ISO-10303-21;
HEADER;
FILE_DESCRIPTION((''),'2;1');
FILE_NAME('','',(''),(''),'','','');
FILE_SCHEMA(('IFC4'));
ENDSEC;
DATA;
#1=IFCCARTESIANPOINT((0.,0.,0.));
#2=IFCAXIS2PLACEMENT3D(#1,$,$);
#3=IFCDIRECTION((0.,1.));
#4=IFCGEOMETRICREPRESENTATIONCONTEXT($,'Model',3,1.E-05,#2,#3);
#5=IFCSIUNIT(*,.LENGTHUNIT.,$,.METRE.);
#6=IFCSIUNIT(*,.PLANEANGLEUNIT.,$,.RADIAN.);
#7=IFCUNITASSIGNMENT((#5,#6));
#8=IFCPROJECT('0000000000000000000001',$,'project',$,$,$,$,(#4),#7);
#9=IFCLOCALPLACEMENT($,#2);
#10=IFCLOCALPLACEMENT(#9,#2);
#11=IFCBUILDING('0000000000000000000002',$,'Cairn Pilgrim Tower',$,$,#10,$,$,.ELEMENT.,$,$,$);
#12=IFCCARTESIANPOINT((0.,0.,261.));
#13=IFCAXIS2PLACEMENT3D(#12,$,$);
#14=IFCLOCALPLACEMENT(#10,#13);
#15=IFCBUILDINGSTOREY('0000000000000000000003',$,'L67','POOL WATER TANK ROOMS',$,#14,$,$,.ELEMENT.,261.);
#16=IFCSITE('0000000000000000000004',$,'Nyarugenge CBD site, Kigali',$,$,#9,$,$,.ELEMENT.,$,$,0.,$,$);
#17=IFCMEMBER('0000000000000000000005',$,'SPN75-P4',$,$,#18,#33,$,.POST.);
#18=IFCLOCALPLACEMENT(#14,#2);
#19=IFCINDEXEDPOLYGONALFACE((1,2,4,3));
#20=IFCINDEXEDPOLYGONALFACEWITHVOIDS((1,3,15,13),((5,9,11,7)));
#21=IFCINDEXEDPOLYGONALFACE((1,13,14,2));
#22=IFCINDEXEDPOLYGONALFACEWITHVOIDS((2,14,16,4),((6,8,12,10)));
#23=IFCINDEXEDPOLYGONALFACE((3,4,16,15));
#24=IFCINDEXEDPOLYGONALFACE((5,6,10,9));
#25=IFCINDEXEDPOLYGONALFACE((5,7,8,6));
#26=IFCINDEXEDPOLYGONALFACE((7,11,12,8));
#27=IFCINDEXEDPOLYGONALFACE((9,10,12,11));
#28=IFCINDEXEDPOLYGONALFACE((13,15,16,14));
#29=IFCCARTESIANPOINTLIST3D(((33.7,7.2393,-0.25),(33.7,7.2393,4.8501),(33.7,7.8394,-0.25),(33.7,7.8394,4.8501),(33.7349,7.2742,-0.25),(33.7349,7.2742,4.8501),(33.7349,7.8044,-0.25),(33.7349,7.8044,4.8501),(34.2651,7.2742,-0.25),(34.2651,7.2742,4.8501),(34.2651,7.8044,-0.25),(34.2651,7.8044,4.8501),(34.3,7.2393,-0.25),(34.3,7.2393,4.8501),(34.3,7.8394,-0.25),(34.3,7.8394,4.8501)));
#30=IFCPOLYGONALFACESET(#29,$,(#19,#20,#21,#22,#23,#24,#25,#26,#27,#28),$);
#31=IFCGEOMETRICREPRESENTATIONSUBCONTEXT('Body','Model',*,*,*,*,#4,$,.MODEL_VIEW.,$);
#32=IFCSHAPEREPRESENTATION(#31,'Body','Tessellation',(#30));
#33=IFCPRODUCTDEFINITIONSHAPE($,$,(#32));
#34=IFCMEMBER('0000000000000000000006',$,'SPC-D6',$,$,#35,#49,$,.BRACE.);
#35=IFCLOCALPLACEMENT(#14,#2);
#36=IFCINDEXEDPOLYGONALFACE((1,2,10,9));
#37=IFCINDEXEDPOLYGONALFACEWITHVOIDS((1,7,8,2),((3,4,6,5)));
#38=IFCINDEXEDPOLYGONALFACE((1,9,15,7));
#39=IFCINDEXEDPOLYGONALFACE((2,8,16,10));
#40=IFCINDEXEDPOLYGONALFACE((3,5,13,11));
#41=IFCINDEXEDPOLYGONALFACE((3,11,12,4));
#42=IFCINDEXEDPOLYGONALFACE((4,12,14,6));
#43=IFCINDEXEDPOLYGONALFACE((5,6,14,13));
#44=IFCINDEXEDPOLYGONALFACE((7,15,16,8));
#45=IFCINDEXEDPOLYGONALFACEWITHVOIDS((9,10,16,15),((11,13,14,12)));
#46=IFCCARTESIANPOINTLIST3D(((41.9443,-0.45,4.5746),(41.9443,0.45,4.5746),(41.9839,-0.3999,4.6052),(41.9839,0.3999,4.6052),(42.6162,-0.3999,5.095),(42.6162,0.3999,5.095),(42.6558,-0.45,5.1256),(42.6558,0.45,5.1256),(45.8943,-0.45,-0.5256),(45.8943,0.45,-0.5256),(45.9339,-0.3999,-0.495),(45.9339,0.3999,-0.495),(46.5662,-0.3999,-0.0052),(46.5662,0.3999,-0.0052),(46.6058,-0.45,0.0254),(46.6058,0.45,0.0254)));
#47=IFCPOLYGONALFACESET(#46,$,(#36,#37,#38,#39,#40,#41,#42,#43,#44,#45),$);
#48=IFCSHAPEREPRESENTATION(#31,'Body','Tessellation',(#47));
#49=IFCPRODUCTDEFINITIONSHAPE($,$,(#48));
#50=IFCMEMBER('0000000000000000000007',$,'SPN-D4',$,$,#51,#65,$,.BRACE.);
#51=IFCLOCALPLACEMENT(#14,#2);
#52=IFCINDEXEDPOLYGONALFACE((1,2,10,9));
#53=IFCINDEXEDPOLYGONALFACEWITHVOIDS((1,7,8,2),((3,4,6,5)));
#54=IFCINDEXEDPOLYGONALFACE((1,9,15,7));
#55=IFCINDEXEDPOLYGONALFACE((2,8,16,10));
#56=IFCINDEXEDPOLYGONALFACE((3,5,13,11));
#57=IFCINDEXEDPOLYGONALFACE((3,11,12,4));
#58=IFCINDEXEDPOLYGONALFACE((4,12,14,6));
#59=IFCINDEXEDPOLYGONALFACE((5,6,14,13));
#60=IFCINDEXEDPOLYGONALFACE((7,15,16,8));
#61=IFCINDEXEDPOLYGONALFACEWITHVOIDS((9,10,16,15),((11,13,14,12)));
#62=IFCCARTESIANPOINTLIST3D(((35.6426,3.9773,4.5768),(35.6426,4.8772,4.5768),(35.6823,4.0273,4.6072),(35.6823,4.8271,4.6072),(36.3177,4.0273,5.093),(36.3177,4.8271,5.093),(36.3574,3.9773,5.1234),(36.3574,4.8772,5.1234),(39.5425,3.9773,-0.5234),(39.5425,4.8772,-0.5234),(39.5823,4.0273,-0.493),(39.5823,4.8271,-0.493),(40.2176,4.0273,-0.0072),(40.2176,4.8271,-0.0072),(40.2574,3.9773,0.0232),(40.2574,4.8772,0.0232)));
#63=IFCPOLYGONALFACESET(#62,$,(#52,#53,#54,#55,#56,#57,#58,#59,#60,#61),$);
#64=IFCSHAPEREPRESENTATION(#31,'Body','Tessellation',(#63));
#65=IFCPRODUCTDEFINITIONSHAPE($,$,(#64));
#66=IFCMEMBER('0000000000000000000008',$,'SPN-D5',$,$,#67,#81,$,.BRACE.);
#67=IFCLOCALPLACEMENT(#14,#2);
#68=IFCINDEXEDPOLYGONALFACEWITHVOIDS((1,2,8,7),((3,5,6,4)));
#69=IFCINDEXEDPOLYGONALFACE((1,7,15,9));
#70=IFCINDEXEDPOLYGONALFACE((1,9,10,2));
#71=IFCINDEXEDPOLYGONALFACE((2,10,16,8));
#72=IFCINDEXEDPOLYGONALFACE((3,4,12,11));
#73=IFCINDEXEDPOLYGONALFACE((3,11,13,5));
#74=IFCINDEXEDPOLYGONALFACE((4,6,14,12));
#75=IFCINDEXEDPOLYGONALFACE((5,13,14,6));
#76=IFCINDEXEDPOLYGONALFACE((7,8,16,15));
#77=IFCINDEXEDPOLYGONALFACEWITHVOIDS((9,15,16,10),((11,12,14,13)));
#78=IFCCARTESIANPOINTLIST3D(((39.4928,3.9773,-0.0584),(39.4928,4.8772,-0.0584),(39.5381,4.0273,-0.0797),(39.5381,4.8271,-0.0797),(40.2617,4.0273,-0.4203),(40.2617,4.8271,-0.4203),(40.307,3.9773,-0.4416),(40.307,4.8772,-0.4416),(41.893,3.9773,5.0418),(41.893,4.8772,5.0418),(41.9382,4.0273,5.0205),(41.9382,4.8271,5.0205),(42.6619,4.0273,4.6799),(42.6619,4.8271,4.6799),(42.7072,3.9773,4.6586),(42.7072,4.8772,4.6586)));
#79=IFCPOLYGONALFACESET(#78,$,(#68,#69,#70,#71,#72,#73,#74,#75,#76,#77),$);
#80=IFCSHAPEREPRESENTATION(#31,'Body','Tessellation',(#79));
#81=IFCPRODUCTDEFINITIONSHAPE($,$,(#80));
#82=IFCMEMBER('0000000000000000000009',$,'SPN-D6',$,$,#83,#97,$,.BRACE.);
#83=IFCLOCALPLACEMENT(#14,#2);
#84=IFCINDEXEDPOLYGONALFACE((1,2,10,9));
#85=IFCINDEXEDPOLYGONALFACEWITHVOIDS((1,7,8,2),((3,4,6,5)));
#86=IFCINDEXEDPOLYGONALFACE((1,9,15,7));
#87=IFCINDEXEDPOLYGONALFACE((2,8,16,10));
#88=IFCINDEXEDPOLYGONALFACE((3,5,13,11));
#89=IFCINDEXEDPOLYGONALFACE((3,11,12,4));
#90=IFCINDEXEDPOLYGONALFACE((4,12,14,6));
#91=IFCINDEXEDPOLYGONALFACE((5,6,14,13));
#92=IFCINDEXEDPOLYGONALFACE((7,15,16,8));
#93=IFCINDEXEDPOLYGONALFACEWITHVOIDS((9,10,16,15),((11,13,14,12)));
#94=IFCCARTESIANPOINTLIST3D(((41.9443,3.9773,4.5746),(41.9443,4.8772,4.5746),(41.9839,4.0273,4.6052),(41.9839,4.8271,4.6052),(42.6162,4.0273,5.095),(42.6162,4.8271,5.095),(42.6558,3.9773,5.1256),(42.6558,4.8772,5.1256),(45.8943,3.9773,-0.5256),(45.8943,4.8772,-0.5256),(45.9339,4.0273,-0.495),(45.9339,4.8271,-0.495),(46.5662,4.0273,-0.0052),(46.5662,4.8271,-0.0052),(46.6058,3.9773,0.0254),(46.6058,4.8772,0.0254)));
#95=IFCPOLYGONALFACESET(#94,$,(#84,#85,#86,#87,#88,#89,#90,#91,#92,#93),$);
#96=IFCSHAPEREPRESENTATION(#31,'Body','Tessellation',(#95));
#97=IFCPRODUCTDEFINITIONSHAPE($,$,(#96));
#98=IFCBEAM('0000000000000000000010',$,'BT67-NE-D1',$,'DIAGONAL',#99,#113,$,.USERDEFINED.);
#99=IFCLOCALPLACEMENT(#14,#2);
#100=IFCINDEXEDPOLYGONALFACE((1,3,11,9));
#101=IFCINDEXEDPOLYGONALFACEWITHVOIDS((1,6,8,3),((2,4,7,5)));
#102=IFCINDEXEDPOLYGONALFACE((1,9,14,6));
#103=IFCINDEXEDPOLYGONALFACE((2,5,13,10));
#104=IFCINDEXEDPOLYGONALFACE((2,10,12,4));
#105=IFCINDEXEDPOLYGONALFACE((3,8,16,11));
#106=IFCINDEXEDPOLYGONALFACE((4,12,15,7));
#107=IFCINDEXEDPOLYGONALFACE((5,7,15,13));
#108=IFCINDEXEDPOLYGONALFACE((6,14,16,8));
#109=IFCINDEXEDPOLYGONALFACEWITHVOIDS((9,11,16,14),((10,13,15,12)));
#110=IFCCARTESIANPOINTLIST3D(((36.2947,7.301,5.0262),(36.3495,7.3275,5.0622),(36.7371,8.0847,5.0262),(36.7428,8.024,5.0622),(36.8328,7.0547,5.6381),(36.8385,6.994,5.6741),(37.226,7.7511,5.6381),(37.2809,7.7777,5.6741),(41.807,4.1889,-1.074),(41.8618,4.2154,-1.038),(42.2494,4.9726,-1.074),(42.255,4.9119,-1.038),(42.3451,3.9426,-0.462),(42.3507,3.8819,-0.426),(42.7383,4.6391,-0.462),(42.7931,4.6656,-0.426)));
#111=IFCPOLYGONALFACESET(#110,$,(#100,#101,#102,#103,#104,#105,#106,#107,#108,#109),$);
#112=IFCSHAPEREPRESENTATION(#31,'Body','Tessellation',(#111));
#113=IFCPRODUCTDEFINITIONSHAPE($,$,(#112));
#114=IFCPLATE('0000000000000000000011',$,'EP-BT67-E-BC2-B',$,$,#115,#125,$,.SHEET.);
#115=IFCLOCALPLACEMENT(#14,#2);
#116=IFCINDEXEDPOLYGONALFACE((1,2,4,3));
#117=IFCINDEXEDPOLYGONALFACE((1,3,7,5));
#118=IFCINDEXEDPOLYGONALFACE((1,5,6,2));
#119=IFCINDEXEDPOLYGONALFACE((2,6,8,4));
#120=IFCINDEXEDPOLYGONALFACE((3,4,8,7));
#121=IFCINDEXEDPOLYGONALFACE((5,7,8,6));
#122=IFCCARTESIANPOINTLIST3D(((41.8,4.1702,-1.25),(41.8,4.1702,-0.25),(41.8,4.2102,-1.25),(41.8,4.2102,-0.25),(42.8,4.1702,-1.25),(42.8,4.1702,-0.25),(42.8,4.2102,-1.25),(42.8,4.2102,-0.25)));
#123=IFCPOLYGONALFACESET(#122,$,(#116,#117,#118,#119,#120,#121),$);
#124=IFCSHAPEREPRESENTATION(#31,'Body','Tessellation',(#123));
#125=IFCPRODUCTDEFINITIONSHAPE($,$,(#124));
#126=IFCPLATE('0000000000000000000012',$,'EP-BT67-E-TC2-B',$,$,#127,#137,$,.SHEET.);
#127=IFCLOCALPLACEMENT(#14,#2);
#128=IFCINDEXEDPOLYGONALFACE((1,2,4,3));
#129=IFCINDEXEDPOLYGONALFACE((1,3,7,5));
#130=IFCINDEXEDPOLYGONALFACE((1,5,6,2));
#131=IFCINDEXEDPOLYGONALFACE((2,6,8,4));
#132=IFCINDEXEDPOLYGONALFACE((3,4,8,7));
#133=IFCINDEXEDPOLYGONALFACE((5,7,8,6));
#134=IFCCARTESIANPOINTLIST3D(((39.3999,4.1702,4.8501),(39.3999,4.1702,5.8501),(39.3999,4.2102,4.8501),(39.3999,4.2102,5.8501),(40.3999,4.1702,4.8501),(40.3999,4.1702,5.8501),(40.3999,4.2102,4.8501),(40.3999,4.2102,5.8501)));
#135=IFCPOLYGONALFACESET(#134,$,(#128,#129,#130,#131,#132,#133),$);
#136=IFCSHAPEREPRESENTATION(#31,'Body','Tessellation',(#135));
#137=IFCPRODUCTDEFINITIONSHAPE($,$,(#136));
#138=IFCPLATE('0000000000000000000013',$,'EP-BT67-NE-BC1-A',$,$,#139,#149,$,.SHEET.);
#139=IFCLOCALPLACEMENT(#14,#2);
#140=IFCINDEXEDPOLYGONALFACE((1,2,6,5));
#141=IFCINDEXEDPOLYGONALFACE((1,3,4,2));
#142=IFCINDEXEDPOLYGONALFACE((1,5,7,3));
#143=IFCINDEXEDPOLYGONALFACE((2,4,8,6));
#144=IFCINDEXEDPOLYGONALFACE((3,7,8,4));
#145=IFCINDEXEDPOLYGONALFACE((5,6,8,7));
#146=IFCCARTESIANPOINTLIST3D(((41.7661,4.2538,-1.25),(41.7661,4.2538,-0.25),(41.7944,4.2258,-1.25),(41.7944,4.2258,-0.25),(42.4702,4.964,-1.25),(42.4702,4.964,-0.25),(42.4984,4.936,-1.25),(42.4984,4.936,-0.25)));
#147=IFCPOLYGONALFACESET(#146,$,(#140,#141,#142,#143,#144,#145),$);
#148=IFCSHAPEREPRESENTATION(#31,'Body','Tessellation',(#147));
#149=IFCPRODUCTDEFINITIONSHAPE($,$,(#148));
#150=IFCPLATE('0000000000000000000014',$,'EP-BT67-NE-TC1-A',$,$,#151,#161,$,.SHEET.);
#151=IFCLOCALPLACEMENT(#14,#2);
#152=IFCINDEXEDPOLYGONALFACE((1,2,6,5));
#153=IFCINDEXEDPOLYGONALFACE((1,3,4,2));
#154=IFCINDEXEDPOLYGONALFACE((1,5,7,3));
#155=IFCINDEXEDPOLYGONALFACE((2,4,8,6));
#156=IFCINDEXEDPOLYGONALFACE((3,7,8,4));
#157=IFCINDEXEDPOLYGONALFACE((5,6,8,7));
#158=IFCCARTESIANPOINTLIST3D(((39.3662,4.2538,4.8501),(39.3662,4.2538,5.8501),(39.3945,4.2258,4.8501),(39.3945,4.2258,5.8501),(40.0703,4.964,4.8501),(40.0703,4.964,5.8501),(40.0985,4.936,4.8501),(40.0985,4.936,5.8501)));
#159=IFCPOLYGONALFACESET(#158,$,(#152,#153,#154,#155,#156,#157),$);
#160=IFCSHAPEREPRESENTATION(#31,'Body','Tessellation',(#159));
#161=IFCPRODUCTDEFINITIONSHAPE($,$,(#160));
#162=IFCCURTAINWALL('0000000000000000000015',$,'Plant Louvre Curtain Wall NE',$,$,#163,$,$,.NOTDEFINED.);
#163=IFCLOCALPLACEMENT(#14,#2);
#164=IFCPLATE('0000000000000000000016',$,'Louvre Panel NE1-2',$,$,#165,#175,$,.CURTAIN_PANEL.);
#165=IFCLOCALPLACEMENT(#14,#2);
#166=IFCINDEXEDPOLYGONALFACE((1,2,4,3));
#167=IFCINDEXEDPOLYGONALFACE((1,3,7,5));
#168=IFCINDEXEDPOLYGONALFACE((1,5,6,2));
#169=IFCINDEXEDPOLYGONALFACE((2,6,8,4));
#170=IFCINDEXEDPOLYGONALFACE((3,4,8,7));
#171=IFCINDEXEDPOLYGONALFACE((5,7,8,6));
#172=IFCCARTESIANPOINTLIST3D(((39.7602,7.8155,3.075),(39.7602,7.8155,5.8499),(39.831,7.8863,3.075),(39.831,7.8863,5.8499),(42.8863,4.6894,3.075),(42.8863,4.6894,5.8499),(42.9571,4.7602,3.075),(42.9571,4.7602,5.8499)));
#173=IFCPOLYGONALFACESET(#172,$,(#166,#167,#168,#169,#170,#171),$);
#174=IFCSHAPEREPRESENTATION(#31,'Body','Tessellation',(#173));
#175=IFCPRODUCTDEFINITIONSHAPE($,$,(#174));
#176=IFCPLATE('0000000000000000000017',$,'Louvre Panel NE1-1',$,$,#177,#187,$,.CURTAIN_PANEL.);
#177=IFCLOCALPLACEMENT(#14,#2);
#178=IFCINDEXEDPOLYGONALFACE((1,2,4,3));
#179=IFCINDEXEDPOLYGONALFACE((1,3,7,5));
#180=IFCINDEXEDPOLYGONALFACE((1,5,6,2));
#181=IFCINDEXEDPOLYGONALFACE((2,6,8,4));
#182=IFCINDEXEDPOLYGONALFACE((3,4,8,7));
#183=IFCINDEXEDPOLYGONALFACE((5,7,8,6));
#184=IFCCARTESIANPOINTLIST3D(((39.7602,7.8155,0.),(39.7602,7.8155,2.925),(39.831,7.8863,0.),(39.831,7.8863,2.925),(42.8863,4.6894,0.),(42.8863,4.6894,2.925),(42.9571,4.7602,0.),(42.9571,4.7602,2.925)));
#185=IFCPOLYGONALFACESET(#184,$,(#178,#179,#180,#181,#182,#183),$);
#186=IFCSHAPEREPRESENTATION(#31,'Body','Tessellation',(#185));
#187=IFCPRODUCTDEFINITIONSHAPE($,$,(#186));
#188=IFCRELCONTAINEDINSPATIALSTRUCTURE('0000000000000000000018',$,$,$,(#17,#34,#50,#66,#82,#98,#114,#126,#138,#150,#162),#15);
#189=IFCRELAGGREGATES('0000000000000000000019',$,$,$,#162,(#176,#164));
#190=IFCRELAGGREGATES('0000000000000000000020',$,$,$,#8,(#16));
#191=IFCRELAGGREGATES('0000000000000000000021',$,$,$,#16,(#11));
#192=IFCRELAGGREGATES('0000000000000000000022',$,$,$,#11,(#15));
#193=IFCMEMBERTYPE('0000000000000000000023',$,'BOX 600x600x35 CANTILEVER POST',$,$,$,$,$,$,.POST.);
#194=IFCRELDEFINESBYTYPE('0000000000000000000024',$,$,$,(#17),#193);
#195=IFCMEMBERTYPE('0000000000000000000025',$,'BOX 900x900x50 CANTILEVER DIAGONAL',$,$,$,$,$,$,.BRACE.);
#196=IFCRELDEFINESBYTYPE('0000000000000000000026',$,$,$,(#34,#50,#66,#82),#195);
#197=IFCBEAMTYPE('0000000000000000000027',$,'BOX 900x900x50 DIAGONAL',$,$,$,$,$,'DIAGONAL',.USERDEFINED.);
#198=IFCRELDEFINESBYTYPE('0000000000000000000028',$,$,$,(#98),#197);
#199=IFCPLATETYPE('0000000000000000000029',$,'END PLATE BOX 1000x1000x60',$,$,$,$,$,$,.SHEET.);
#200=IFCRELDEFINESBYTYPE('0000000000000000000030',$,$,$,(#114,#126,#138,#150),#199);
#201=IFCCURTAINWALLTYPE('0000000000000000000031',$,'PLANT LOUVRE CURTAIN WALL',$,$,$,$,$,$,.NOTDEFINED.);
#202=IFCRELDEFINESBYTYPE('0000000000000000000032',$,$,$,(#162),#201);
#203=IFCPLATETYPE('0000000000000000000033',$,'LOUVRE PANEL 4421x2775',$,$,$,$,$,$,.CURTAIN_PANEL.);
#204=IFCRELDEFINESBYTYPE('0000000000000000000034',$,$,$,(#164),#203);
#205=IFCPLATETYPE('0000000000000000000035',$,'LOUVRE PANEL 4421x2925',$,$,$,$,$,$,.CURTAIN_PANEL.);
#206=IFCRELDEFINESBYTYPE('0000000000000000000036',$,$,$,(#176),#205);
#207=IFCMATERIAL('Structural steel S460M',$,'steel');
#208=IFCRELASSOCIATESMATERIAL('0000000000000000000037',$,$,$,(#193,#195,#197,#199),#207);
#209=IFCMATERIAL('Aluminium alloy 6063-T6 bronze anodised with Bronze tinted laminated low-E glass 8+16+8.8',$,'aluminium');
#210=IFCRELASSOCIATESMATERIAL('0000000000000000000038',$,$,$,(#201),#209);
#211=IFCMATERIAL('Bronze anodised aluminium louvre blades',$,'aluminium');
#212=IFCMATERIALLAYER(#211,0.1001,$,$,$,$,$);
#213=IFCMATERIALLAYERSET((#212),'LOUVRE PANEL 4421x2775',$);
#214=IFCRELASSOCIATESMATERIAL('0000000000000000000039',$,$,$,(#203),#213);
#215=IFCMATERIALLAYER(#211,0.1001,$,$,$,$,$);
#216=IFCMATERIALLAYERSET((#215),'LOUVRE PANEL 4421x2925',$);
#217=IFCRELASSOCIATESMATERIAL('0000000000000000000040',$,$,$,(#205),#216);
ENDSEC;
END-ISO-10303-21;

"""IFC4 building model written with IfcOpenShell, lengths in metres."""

from ifc_helpers import new_model, si_unit, direction, frame, origin, origin_2d, place, context, subcontext, project, spatial, rectangle, hollow_rectangle, extrude, material, layer, layer_set, material_profile, profile_set, type_object, element, aggregate, save


model = new_model("IFC4")

# Units and contexts
model_context = context("Model", 3, precision=1e-05, world=origin(), true_north=direction((0.0, 1.0)))
body_context = subcontext(model_context, "Body", "Model", "MODEL_VIEW")
ifc_project = project(units=[si_unit("LENGTHUNIT", "METRE"), si_unit("PLANEANGLEUNIT", "RADIAN")], contexts=[model_context])

# Site, building, storey
site_placement = place(None, origin())
site = spatial("IfcSite", under=ifc_project, at=site_placement, Name="Nyarugenge CBD site, Kigali", CompositionType="ELEMENT", RefElevation=0.0)
building_placement = place(site_placement, origin())
building = spatial("IfcBuilding", under=site, at=building_placement, Name="Cairn Pilgrim Tower", CompositionType="ELEMENT")
storey_placement = place(building_placement, frame((0.0, 0.0, 261.0)))
storey = spatial("IfcBuildingStorey", under=building, at=storey_placement, Name="L67", Description="POOL WATER TANK ROOMS", CompositionType="ELEMENT", Elevation=261.0)

# Shared definitions
ifc_material_1 = material(Name="Structural steel S460M", Category="steel")

# Members
ifc_material_profile_1 = material_profile(ifc_material_1, hollow_rectangle(XDim=0.6001, YDim=0.6001, WallThickness=0.0349, at=origin_2d()), Name="BOX 600x600x35")
ifc_profile_set_1 = profile_set([ifc_material_profile_1], Name="Structural steel S460M")
member_type_1 = type_object("IfcMemberType", Name="BOX 600x600x35 CANTILEVER POST", PredefinedType="POST", material=ifc_profile_set_1)
for number, where, z_axis, x_axis, name in (
    (1, (34.0, 7.5393, -0.25), (0.0, 0.0, 1.0), (1.0, 0.0, 0.0), "SPN75-P4"),
):
    element("IfcMember", number, at=place(storey_placement, frame(where, z_axis=z_axis, x_axis=x_axis)), inside=storey, type_object=member_type_1, Name=name, PredefinedType="POST", context=body_context, shape_type="SweptSolid", body=[
        extrude(hollow_rectangle(XDim=0.6001, YDim=0.6001, WallThickness=0.0349, at=origin_2d()), origin(), (0.0, 0.0, 1.0), 5.1001),
    ])
ifc_material_profile_2 = material_profile(ifc_material_1, hollow_rectangle(XDim=0.8999, YDim=0.8999, WallThickness=0.05, at=origin_2d()), Name="BOX 900x900x50")
ifc_profile_set_2 = profile_set([ifc_material_profile_2], Name="Structural steel S460M")
member_type_2 = type_object("IfcMemberType", Name="BOX 900x900x50 CANTILEVER DIAGONAL", PredefinedType="BRACE", material=ifc_profile_set_2)
member_1_placement = place(storey_placement, frame((42.3, 0.0, 4.8501), z_axis=(0.612317, 0.0, -0.790612), x_axis=(0.0, 1.0, 0.0)))
element("IfcMember", 2, at=member_1_placement, inside=storey, type_object=member_type_2, Name="SPC-D6", PredefinedType="BRACE", context=body_context, shape_type="SweptSolid", body=[
    extrude(hollow_rectangle(XDim=0.8999, YDim=0.8999, WallThickness=0.05, at=origin_2d()), origin(), (0.0, 0.0, 1.0), 6.4509),
])
member_2_placement = place(storey_placement, frame((36.0, 4.4272, 4.8501), z_axis=(0.607433, 0.0, -0.794371), x_axis=(0.0, 1.0, 0.0)))
element("IfcMember", 3, at=member_2_placement, inside=storey, type_object=member_type_2, Name="SPN-D4", PredefinedType="BRACE", context=body_context, shape_type="SweptSolid", body=[
    extrude(hollow_rectangle(XDim=0.8999, YDim=0.8999, WallThickness=0.05, at=origin_2d()), origin(), (0.0, 0.0, 1.0), 6.4204),
])
member_3_placement = place(storey_placement, frame((39.8999, 4.4272, -0.25), z_axis=(0.425812, 0.0, 0.904812), x_axis=(0.0, 1.0, 0.0)))
element("IfcMember", 4, at=member_3_placement, inside=storey, type_object=member_type_2, Name="SPN-D5", PredefinedType="BRACE", context=body_context, shape_type="SweptSolid", body=[
    extrude(hollow_rectangle(XDim=0.8999, YDim=0.8999, WallThickness=0.05, at=origin_2d()), origin(), (0.0, 0.0, 1.0), 5.6367),
])
member_4_placement = place(storey_placement, frame((42.3, 4.4272, 4.8501), z_axis=(0.612317, 0.0, -0.790612), x_axis=(0.0, 1.0, 0.0)))
element("IfcMember", 5, at=member_4_placement, inside=storey, type_object=member_type_2, Name="SPN-D6", PredefinedType="BRACE", context=body_context, shape_type="SweptSolid", body=[
    extrude(hollow_rectangle(XDim=0.8999, YDim=0.8999, WallThickness=0.05, at=origin_2d()), origin(), (0.0, 0.0, 1.0), 6.4509),
])

# Beam
ifc_material_profile_3 = material_profile(ifc_material_1, hollow_rectangle(XDim=0.8999, YDim=0.8999, WallThickness=0.05, at=origin_2d()), Name="BOX 900x900x50")
ifc_profile_set_3 = profile_set([ifc_material_profile_3], Name="Structural steel S460M")
beam_type_1 = type_object("IfcBeamType", Name="BOX 900x900x50 DIAGONAL", ElementType="DIAGONAL", PredefinedType="USERDEFINED", material=ifc_profile_set_3)
beam_1_placement = place(storey_placement, frame((42.3, 4.4272, -0.75), z_axis=(-0.627033, 0.354008, 0.693908), x_axis=(-0.491634, -0.870802, 0.0)))
element("IfcBeam", 6, at=beam_1_placement, inside=storey, type_object=beam_type_1, Name="BT67-NE-D1", ObjectType="DIAGONAL", PredefinedType="USERDEFINED", context=body_context, shape_type="SweptSolid", body=[
    extrude(hollow_rectangle(XDim=0.8999, YDim=0.8999, WallThickness=0.05, at=origin_2d()), origin(), (0.0, 0.0, 1.0), 8.791),
])

# Plates
ifc_material_profile_4 = material_profile(ifc_material_1, rectangle(XDim=1.0, YDim=1.0, at=origin_2d()), Name="END PLATE BOX 1000x1000x60")
ifc_profile_set_4 = profile_set([ifc_material_profile_4], Name="Structural steel S460M")
plate_type_1 = type_object("IfcPlateType", Name="END PLATE BOX 1000x1000x60", PredefinedType="SHEET", material=ifc_profile_set_4)
for number, where, z_axis, x_axis, name in (
    (7, (42.3, 4.1702, -0.75), (0.0, 1.0, 0.0), (-1.0, 0.0, 0.0), "EP-BT67-E-BC2-B"),
    (8, (39.8999, 4.1702, 5.3501), (0.0, 1.0, 0.0), (-1.0, 0.0, 0.0), "EP-BT67-E-TC2-B"),
):
    element("IfcPlate", number, at=place(storey_placement, frame(where, z_axis=z_axis, x_axis=x_axis)), inside=storey, type_object=plate_type_1, Name=name, PredefinedType="SHEET", context=body_context, shape_type="SweptSolid", body=[
        extrude(rectangle(XDim=1.0, YDim=1.0, at=origin_2d()), origin(), (0.0, 0.0, 1.0), 0.04),
    ])
for number, where, z_axis, x_axis, name in (
    (9, (42.1182, 4.6089, -0.75), (0.710161, -0.704039, 0.0), (0.704039, 0.710161, 0.0), "EP-BT67-NE-BC1-A"),
    (10, (39.7183, 4.6089, 5.3501), (0.710161, -0.704039, 0.0), (0.704039, 0.710161, 0.0), "EP-BT67-NE-TC1-A"),
):
    element("IfcPlate", number, at=place(storey_placement, frame(where, z_axis=z_axis, x_axis=x_axis)), inside=storey, type_object=plate_type_1, Name=name, PredefinedType="SHEET", context=body_context, shape_type="SweptSolid", body=[
        extrude(rectangle(XDim=1.0, YDim=1.0, at=origin_2d()), origin(), (0.0, 0.0, 1.0), 0.0398),
    ])

# Curtain wall, plates
ifc_material_2 = material(Name="Aluminium alloy 6063-T6 bronze anodised with Bronze tinted laminated low-E glass 8+16+8.8", Category="aluminium")
curtain_wall_type = type_object("IfcCurtainWallType", Name="PLANT LOUVRE CURTAIN WALL", PredefinedType="NOTDEFINED", material=ifc_material_2)
curtain_wall_placement = place(storey_placement, origin())
curtain_wall = element("IfcCurtainWall", 11, at=curtain_wall_placement, inside=storey, type_object=curtain_wall_type, Name="Plant Louvre Curtain Wall NE", PredefinedType="NOTDEFINED")
ifc_material_3 = material(Name="Bronze anodised aluminium louvre blades", Category="aluminium")
ifc_layer_1 = layer(ifc_material_3, 0.1001)
ifc_layer_set_1 = layer_set([ifc_layer_1], Name="LOUVRE PANEL 4421x2775")
plate_type_2 = type_object("IfcPlateType", Name="LOUVRE PANEL 4421x2775", PredefinedType="CURTAIN_PANEL", material=ifc_layer_set_1)
plate_1_placement = place(storey_placement, frame((41.3586, 6.2878, 3.075), z_axis=(0.0, 0.0, 1.0), x_axis=(-0.707107, 0.707107, 0.0)))
plate_1 = element("IfcPlate", 12, at=plate_1_placement, type_object=plate_type_2, Name="Louvre Panel NE1-2", PredefinedType="CURTAIN_PANEL", context=body_context, shape_type="SweptSolid", body=[
    extrude(rectangle(XDim=4.4209, YDim=0.1001, at=origin_2d()), origin(), (0.0, 0.0, 1.0), 2.7749),
])
ifc_layer_2 = layer(ifc_material_3, 0.1001)
ifc_layer_set_2 = layer_set([ifc_layer_2], Name="LOUVRE PANEL 4421x2925")
plate_type_3 = type_object("IfcPlateType", Name="LOUVRE PANEL 4421x2925", PredefinedType="CURTAIN_PANEL", material=ifc_layer_set_2)
plate_2_placement = place(storey_placement, frame((41.3586, 6.2878, 0.0), z_axis=(0.0, 0.0, 1.0), x_axis=(-0.707107, 0.707107, 0.0)))
plate_2 = element("IfcPlate", 13, at=plate_2_placement, type_object=plate_type_3, Name="Louvre Panel NE1-1", PredefinedType="CURTAIN_PANEL", context=body_context, shape_type="SweptSolid", body=[
    extrude(rectangle(XDim=4.4209, YDim=0.1001, at=origin_2d()), origin(), (0.0, 0.0, 1.0), 2.925),
])
aggregate(curtain_wall, [plate_2, plate_1])

save(model, "model.ifc")
